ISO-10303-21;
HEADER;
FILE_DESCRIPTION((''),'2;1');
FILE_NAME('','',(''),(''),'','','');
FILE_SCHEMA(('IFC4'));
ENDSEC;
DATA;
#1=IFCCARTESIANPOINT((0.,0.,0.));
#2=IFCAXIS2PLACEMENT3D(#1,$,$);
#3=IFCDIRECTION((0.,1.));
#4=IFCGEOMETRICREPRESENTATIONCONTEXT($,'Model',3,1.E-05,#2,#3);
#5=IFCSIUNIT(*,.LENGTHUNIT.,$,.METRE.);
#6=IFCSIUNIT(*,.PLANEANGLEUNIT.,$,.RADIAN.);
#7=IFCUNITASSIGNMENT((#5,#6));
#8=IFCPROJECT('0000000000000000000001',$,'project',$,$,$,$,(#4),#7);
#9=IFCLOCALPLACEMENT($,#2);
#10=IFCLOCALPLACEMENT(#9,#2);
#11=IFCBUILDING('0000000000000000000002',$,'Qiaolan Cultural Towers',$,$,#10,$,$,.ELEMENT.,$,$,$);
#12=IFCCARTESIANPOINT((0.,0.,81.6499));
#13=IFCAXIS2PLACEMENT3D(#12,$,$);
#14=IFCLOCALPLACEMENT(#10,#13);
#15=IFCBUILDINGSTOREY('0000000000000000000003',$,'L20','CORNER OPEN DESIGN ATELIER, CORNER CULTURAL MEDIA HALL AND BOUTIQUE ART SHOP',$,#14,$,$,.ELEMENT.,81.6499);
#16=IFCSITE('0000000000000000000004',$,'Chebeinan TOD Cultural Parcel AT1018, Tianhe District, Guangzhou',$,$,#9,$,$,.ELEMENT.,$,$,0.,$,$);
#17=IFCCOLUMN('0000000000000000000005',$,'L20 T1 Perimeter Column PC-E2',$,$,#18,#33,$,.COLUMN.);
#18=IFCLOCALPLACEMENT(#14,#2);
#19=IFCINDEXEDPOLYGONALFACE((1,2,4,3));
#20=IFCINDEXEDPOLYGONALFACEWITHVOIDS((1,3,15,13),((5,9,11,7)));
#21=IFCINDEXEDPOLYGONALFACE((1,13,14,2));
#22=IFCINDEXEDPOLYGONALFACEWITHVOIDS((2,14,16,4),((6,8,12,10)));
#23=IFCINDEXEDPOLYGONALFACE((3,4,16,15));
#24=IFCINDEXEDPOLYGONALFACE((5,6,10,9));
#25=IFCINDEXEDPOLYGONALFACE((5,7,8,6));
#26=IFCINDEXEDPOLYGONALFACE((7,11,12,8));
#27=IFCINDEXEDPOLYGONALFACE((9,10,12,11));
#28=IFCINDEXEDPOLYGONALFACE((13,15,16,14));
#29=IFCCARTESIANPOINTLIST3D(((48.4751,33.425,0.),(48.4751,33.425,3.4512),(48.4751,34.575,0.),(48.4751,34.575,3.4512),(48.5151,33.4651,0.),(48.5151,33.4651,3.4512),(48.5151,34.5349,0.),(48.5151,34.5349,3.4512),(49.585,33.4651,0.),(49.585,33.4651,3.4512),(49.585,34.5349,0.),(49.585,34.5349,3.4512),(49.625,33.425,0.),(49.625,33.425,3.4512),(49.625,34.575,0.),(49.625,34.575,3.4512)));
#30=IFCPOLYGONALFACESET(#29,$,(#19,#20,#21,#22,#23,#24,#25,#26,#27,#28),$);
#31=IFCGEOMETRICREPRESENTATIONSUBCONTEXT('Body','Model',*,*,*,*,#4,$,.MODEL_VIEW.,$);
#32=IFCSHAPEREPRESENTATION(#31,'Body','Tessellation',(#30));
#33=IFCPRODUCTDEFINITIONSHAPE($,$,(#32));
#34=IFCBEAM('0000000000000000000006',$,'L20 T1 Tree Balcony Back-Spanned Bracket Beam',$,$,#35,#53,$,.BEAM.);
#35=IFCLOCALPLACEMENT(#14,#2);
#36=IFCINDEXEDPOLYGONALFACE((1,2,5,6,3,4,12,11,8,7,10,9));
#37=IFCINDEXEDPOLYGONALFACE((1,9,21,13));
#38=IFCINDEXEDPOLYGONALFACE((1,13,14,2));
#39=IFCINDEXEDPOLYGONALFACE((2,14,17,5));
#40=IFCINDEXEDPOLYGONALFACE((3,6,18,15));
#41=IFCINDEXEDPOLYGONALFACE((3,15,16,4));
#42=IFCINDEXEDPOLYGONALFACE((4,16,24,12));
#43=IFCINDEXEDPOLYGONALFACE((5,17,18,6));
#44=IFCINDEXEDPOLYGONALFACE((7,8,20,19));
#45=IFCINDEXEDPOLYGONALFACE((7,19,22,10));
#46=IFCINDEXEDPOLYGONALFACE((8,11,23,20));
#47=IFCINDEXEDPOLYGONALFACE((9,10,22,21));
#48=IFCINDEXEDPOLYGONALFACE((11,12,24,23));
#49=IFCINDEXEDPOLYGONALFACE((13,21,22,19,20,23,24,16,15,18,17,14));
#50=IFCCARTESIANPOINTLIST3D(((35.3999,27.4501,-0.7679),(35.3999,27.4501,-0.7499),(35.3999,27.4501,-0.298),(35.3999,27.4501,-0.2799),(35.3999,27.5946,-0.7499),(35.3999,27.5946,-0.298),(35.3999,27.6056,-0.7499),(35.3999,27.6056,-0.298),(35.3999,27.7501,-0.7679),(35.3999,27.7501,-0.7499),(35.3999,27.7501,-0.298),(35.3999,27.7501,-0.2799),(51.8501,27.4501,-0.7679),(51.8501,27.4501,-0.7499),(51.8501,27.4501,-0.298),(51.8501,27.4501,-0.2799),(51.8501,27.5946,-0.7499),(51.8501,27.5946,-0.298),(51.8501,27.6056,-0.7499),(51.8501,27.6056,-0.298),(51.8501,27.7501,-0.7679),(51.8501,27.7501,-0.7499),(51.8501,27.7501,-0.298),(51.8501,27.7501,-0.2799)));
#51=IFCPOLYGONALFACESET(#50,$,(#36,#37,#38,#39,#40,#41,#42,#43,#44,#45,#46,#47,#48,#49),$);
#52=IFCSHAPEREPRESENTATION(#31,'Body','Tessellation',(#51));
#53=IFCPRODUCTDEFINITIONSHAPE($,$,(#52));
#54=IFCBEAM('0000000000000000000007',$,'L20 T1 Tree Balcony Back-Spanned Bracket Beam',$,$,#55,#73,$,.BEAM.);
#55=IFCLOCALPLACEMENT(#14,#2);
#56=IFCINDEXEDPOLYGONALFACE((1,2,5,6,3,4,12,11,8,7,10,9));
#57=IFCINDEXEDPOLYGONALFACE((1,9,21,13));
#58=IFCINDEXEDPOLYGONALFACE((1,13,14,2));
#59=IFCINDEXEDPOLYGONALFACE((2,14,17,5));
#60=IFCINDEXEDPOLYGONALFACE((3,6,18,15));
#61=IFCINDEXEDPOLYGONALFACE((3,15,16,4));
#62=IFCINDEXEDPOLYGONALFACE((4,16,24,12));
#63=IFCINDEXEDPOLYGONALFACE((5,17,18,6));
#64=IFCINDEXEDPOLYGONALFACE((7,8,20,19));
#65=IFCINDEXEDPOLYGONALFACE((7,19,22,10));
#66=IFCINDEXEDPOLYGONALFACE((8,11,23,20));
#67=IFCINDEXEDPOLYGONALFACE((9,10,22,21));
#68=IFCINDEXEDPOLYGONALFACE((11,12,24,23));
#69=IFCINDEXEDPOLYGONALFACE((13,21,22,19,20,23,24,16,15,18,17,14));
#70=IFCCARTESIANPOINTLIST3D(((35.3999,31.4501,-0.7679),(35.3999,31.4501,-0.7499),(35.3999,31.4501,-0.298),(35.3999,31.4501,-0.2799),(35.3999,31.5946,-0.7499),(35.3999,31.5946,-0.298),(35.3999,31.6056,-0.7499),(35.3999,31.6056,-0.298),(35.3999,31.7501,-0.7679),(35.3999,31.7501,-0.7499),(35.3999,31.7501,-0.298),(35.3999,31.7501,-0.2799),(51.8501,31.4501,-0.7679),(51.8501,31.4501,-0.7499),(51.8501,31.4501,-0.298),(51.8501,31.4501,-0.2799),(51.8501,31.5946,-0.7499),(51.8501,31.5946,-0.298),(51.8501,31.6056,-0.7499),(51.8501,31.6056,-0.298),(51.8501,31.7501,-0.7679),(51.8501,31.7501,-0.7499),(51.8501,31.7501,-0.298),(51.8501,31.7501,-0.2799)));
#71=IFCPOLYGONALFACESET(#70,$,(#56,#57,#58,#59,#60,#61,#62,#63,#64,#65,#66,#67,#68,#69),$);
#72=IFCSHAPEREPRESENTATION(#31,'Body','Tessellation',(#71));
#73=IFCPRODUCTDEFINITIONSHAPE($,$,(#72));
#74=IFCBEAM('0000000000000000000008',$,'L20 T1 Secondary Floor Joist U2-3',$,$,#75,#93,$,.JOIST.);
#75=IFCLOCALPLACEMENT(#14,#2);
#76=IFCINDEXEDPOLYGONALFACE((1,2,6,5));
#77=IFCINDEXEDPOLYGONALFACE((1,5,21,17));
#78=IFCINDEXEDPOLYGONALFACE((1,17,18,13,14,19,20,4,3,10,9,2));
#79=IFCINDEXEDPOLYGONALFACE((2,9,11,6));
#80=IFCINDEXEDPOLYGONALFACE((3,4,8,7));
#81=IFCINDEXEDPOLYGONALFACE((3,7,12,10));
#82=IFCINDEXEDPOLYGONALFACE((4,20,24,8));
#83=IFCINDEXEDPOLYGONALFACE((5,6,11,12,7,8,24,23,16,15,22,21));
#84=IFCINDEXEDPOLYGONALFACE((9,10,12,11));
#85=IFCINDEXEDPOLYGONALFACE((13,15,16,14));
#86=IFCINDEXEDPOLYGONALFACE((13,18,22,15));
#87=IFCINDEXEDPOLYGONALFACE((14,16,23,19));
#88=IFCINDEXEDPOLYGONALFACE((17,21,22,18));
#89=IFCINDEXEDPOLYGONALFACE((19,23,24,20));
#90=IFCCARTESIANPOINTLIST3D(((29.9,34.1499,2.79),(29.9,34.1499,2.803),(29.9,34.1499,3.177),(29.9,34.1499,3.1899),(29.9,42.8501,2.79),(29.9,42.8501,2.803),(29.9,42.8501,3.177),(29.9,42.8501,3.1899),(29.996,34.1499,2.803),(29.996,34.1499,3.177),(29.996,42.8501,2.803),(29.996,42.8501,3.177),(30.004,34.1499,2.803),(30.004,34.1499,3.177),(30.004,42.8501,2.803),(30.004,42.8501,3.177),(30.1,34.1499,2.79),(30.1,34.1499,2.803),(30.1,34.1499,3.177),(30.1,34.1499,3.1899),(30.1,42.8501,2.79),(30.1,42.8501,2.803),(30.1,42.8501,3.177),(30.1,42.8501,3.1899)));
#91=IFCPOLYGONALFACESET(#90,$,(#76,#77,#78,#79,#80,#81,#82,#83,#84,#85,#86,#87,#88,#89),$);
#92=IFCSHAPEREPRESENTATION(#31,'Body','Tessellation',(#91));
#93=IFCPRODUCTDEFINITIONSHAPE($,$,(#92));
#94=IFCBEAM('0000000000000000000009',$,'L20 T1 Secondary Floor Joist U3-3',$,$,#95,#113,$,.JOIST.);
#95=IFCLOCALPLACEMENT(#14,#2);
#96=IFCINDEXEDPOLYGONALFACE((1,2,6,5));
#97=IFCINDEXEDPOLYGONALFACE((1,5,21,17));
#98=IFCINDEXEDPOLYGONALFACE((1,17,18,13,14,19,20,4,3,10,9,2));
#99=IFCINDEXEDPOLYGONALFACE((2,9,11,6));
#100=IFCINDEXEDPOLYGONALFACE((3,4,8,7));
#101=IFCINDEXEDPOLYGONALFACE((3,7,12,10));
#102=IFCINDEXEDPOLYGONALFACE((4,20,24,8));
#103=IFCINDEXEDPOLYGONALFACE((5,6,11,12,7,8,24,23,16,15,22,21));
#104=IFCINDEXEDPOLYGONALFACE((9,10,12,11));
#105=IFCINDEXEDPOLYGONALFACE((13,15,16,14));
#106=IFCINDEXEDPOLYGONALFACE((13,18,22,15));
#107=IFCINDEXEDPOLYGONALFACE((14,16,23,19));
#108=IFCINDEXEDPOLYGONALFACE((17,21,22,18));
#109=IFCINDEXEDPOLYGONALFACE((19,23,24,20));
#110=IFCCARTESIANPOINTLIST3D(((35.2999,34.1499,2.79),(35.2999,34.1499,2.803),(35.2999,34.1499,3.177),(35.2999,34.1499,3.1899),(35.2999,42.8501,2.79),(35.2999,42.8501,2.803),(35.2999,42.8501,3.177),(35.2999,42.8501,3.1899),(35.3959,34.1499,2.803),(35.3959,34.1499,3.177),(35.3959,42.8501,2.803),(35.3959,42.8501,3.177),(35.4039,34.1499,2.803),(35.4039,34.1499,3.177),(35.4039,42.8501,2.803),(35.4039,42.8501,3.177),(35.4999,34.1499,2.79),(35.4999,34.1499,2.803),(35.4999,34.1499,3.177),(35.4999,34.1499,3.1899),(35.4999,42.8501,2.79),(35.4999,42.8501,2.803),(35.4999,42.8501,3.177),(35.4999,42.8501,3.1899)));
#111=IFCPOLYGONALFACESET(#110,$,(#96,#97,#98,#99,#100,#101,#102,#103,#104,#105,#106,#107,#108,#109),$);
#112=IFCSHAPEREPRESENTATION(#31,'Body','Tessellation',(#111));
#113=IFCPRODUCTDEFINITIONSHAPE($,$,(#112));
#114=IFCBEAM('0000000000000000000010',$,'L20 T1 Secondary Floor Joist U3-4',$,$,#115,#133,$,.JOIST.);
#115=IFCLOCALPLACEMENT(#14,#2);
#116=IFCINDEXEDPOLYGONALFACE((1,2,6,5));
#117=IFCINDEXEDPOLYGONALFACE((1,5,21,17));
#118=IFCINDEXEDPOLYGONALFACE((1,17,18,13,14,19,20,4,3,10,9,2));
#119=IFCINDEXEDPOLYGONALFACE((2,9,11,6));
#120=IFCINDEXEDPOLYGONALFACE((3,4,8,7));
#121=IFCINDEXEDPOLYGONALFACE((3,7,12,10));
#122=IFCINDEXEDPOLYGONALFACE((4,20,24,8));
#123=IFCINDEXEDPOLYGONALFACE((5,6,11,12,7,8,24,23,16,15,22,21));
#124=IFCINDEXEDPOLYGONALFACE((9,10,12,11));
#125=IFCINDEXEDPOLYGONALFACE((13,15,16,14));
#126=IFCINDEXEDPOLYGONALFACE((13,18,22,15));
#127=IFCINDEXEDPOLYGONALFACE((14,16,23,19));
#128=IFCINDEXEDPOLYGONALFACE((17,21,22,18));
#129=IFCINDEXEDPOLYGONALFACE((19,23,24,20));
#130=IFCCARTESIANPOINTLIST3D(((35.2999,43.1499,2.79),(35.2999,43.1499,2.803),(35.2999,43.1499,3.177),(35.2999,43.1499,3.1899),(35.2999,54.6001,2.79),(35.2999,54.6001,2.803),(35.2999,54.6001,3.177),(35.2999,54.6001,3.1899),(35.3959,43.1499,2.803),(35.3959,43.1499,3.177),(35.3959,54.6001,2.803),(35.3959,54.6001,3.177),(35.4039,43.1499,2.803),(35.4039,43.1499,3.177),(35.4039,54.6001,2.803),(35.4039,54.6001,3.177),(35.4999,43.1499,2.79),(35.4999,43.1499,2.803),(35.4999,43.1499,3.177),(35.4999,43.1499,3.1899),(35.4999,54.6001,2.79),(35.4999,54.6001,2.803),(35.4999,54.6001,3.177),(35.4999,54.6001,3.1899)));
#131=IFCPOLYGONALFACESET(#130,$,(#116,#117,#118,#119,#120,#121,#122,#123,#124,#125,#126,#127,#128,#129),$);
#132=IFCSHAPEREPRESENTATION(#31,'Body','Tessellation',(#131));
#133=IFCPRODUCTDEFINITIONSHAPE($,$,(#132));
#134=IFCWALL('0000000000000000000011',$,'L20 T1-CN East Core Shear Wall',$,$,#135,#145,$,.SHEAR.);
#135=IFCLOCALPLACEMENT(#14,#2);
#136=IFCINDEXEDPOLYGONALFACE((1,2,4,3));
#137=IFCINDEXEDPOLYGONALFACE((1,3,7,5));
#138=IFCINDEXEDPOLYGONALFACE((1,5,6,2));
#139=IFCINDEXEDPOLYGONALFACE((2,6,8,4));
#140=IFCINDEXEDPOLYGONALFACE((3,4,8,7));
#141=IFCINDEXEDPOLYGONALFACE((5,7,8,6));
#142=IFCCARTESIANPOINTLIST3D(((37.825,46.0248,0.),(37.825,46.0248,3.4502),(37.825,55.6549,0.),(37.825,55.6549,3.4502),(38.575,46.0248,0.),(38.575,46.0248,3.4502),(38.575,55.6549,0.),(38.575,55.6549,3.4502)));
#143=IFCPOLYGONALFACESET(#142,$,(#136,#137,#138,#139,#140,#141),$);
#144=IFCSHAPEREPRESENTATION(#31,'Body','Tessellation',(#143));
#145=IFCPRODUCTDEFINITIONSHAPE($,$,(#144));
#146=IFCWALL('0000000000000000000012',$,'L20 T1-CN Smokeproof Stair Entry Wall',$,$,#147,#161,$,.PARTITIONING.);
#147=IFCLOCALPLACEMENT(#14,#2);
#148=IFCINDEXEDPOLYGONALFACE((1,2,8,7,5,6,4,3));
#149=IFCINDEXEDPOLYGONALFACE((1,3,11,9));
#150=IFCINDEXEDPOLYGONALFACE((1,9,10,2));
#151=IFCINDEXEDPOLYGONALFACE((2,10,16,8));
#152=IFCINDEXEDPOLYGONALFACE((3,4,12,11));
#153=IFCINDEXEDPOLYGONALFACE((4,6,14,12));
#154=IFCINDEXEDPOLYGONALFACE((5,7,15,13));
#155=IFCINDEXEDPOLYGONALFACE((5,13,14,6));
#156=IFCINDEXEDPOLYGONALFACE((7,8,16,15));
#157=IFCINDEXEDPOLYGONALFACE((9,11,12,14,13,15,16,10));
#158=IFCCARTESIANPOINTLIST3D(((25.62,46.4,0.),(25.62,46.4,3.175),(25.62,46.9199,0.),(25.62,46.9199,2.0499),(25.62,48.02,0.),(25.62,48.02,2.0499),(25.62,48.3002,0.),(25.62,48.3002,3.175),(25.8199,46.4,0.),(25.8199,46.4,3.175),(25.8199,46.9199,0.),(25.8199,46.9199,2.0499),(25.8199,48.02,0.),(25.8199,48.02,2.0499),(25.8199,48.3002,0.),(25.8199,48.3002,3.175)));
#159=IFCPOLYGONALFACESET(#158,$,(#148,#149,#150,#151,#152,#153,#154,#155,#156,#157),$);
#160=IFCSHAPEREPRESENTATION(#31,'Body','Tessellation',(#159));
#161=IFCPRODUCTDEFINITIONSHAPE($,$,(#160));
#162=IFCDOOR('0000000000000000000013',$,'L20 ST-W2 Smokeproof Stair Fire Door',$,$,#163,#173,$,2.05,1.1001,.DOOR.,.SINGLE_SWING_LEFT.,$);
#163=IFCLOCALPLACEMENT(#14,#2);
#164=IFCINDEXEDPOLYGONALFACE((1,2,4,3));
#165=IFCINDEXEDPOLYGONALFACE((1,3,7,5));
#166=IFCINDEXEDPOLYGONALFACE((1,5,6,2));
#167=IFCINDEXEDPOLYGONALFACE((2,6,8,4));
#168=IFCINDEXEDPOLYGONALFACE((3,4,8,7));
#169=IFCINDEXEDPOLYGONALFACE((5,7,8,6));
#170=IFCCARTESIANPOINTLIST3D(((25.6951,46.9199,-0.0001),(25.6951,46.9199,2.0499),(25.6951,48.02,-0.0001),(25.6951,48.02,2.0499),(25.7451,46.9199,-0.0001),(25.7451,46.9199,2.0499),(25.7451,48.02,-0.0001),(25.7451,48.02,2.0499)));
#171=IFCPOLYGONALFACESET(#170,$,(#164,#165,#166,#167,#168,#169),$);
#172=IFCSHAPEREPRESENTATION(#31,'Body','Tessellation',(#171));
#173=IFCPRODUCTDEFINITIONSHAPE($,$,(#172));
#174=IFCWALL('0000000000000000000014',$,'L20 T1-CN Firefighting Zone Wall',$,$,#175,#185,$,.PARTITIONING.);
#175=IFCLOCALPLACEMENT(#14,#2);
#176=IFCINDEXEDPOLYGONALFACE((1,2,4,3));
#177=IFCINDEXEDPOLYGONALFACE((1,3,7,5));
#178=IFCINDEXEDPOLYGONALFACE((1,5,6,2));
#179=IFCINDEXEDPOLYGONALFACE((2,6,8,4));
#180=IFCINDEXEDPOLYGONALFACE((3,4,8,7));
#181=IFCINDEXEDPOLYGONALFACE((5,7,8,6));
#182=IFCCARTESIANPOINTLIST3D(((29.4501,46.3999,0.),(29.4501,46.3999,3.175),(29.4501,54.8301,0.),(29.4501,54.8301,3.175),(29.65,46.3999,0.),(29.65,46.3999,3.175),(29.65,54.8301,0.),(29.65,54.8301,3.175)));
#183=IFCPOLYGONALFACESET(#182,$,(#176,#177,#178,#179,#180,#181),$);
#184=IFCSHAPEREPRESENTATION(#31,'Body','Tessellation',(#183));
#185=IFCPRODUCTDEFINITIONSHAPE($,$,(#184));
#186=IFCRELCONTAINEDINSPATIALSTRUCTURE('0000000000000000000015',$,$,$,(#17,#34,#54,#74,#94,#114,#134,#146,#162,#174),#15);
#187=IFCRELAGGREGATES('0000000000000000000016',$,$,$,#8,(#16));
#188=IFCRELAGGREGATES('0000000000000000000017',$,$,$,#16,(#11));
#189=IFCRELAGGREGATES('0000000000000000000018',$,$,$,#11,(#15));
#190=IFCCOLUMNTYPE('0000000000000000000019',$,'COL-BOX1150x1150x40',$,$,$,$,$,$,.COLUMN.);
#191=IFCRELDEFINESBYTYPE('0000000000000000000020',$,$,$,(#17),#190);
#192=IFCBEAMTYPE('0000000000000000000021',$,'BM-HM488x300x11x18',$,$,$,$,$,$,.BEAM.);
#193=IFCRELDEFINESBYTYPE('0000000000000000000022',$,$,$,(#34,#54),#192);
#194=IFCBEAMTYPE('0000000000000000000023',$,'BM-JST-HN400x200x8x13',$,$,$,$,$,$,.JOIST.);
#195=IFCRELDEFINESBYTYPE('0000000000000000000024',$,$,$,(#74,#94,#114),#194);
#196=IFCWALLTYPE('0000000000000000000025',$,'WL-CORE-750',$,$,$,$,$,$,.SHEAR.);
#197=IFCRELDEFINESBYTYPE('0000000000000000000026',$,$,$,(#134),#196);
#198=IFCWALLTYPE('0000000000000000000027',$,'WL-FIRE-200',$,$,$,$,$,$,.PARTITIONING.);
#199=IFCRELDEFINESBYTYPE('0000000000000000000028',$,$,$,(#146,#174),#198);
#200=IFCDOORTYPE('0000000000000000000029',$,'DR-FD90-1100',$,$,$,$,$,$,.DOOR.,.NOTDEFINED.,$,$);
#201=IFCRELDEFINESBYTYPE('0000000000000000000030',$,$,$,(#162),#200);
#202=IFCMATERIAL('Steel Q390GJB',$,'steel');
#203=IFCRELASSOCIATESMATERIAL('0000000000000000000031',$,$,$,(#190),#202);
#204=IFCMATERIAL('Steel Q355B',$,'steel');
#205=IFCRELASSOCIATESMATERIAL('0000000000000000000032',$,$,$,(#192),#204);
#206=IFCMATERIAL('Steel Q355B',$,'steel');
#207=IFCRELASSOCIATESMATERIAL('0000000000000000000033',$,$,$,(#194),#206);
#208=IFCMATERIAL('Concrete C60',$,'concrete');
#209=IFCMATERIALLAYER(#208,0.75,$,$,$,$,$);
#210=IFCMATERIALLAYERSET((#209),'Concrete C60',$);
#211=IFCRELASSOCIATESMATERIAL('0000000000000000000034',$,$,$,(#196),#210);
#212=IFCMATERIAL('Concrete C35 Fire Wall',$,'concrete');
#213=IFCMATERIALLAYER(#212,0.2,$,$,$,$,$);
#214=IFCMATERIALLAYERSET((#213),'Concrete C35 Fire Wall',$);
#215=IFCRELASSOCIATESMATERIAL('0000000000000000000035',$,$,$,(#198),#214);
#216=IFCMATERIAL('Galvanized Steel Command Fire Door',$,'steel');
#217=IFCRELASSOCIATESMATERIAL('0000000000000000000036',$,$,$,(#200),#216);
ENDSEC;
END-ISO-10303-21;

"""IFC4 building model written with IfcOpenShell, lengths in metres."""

from ifc_helpers import new_model, si_unit, direction, frame, frame_2d, origin, origin_2d, place, context, subcontext, project, spatial, rectangle, hollow_rectangle, i_section, extrude, material, layer, layer_set, material_profile, profile_set, type_object, element, fill, save


model = new_model("IFC4")

# Units and contexts
model_context = context("Model", 3, precision=1e-05, world=origin(), true_north=direction((0.0, 1.0)))
body_context = subcontext(model_context, "Body", "Model", "MODEL_VIEW")
ifc_project = project(units=[si_unit("LENGTHUNIT", "METRE"), si_unit("PLANEANGLEUNIT", "RADIAN")], contexts=[model_context])

# Site, building, storey
site_placement = place(None, origin())
site = spatial("IfcSite", under=ifc_project, at=site_placement, Name="Chebeinan TOD Cultural Parcel AT1018, Tianhe District, Guangzhou", CompositionType="ELEMENT", RefElevation=0.0)
building_placement = place(site_placement, origin())
building = spatial("IfcBuilding", under=site, at=building_placement, Name="Qiaolan Cultural Towers", CompositionType="ELEMENT")
storey_placement = place(building_placement, frame((0.0, 0.0, 81.6499)))
storey = spatial("IfcBuildingStorey", under=building, at=storey_placement, Name="L20", Description="CORNER OPEN DESIGN ATELIER, CORNER CULTURAL MEDIA HALL AND BOUTIQUE ART SHOP", CompositionType="ELEMENT", Elevation=81.6499)

# Column
ifc_material_1 = material(Name="Steel Q390GJB", Category="steel")
ifc_material_profile_1 = material_profile(ifc_material_1, hollow_rectangle(XDim=1.1499, YDim=1.1499, WallThickness=0.04, at=origin_2d()), Name="BOX1150x1150x40")
ifc_profile_set_1 = profile_set([ifc_material_profile_1], Name="Steel Q390GJB")
column_type = type_object("IfcColumnType", Name="COL-BOX1150x1150x40", PredefinedType="COLUMN", material=ifc_profile_set_1)
column_placement = place(storey_placement, frame((49.05, 34.0, 0.0), z_axis=(0.0, 0.0, 1.0), x_axis=(1.0, 0.0, 0.0)))
element("IfcColumn", 1, at=column_placement, inside=storey, type_object=column_type, Name="L20 T1 Perimeter Column PC-E2", PredefinedType="COLUMN", context=body_context, shape_type="SweptSolid", body=[
    extrude(hollow_rectangle(XDim=1.1499, YDim=1.1499, WallThickness=0.04, at=origin_2d()), origin(), (0.0, 0.0, 1.0), 3.4512),
])

# Beams
ifc_material_2 = material(Name="Steel Q355B", Category="steel")
ifc_material_profile_2 = material_profile(ifc_material_2, i_section(OverallWidth=0.3, OverallDepth=0.488, WebThickness=0.011, FlangeThickness=0.0181, at=origin_2d()), Name="HM488x300x11x18")
ifc_profile_set_2 = profile_set([ifc_material_profile_2], Name="Steel Q355B")
beam_type_1 = type_object("IfcBeamType", Name="BM-HM488x300x11x18", PredefinedType="BEAM", material=ifc_profile_set_2)
for number, where, z_axis, x_axis, name in (
    (2, (35.3999, 27.6001, -0.5239), (1.0, 0.0, 0.0), (0.0, 1.0, 0.0), "L20 T1 Tree Balcony Back-Spanned Bracket Beam"),
    (3, (35.3999, 31.6001, -0.5239), (1.0, 0.0, 0.0), (0.0, 1.0, 0.0), "L20 T1 Tree Balcony Back-Spanned Bracket Beam"),
):
    element("IfcBeam", number, at=place(storey_placement, frame(where, z_axis=z_axis, x_axis=x_axis)), inside=storey, type_object=beam_type_1, Name=name, PredefinedType="BEAM", context=body_context, shape_type="SweptSolid", body=[
        extrude(i_section(OverallWidth=0.3, OverallDepth=0.488, WebThickness=0.011, FlangeThickness=0.0181, at=origin_2d()), origin(), (0.0, 0.0, 1.0), 16.4502),
    ])
ifc_material_3 = material(Name="Steel Q355B", Category="steel")
ifc_material_profile_3 = material_profile(ifc_material_3, i_section(OverallWidth=0.2, OverallDepth=0.3999, WebThickness=0.0081, FlangeThickness=0.0129, at=origin_2d()), Name="HN400x200x8x13")
ifc_profile_set_3 = profile_set([ifc_material_profile_3], Name="Steel Q355B")
beam_type_2 = type_object("IfcBeamType", Name="BM-JST-HN400x200x8x13", PredefinedType="JOIST", material=ifc_profile_set_3)
for number, where, z_axis, x_axis, name in (
    (4, (30.0, 34.1499, 2.99), (0.0, 1.0, 0.0), (-1.0, 0.0, 0.0), "L20 T1 Secondary Floor Joist U2-3"),
    (5, (35.3999, 34.1499, 2.99), (0.0, 1.0, 0.0), (-1.0, 0.0, 0.0), "L20 T1 Secondary Floor Joist U3-3"),
):
    element("IfcBeam", number, at=place(storey_placement, frame(where, z_axis=z_axis, x_axis=x_axis)), inside=storey, type_object=beam_type_2, Name=name, PredefinedType="JOIST", context=body_context, shape_type="SweptSolid", body=[
        extrude(i_section(OverallWidth=0.2, OverallDepth=0.3999, WebThickness=0.0081, FlangeThickness=0.0129, at=origin_2d()), origin(), (0.0, 0.0, 1.0), 8.7002),
    ])
beam_placement = place(storey_placement, frame((35.3999, 43.1499, 2.99), z_axis=(0.0, 1.0, 0.0), x_axis=(-1.0, 0.0, 0.0)))
element("IfcBeam", 6, at=beam_placement, inside=storey, type_object=beam_type_2, Name="L20 T1 Secondary Floor Joist U3-4", PredefinedType="JOIST", context=body_context, shape_type="SweptSolid", body=[
    extrude(i_section(OverallWidth=0.2, OverallDepth=0.3999, WebThickness=0.0081, FlangeThickness=0.0129, at=origin_2d()), origin(), (0.0, 0.0, 1.0), 11.4502),
])

# Wall
ifc_material_4 = material(Name="Concrete C60", Category="concrete")
ifc_layer_1 = layer(ifc_material_4, 0.75)
ifc_layer_set_1 = layer_set([ifc_layer_1], Name="Concrete C60")
wall_type_1 = type_object("IfcWallType", Name="WL-CORE-750", PredefinedType="SHEAR", material=ifc_layer_set_1)
wall_1_placement = place(storey_placement, frame((38.2, 46.0249, 0.0), z_axis=(0.0, 0.0, 1.0), x_axis=(0.0, 1.0, 0.0)))
element("IfcWall", 7, at=wall_1_placement, inside=storey, type_object=wall_type_1, Name="L20 T1-CN East Core Shear Wall", PredefinedType="SHEAR", context=body_context, shape_type="SweptSolid", body=[
    extrude(rectangle(XDim=9.6301, YDim=0.75, at=frame_2d((4.8149, 0.0))), origin(), (0.0, 0.0, 1.0), 3.4502),
])

# Wall, opening, door
ifc_material_5 = material(Name="Concrete C35 Fire Wall", Category="concrete")
ifc_layer_2 = layer(ifc_material_5, 0.2)
ifc_layer_set_2 = layer_set([ifc_layer_2], Name="Concrete C35 Fire Wall")
wall_type_2 = type_object("IfcWallType", Name="WL-FIRE-200", PredefinedType="PARTITIONING", material=ifc_layer_set_2)
wall_2_placement = place(storey_placement, frame((25.72, 46.3999, 0.0), z_axis=(0.0, 0.0, 1.0), x_axis=(0.0, 1.0, 0.0)))
wall_2 = element("IfcWall", 8, at=wall_2_placement, inside=storey, type_object=wall_type_2, Name="L20 T1-CN Smokeproof Stair Entry Wall", PredefinedType="PARTITIONING", context=body_context, shape_type="SweptSolid", body=[
    extrude(rectangle(XDim=1.9001, YDim=0.2, at=frame_2d((0.9502, 0.0))), origin(), (0.0, 0.0, 1.0), 3.175),
])
opening_1_placement = place(wall_2_placement, frame((0.52, 0.0, 0.0)))
opening_1 = element("IfcOpeningElement", 9, at=opening_1_placement, cuts=wall_2, PredefinedType="OPENING", context=body_context, shape_type="SweptSolid", body=[
    extrude(rectangle(XDim=1.1001, YDim=2.05, at=frame_2d((0.55, 1.0249))), frame((0.0, 0.1099, 0.0), z_axis=(0.0, -1.0, 0.0), x_axis=(1.0, 0.0, 0.0)), (0.0, 0.0, 1.0), 0.22),
])
ifc_material_6 = material(Name="Galvanized Steel Command Fire Door", Category="steel")
door_type_1 = type_object("IfcDoorType", Name="DR-FD90-1100", OperationType="NOTDEFINED", PredefinedType="DOOR", material=ifc_material_6)
door_1_placement = place(opening_1_placement, origin())
door_1 = element("IfcDoor", 10, at=door_1_placement, inside=storey, type_object=door_type_1, Name="L20 ST-W2 Smokeproof Stair Fire Door", OperationType="SINGLE_SWING_LEFT", OverallHeight=2.05, OverallWidth=1.1001, PredefinedType="DOOR", context=body_context, shape_type="SweptSolid", body=[
    extrude(rectangle(XDim=1.1001, YDim=2.05, at=frame_2d((0.55, 1.0249))), frame((0.0, 0.0249, 0.0), z_axis=(0.0, -1.0, 0.0), x_axis=(1.0, 0.0, 0.0)), (0.0, 0.0, 1.0), 0.05),
])
fill(opening_1, door_1)

# Wall
wall_3_placement = place(storey_placement, frame((29.55, 46.3999, 0.0), z_axis=(0.0, 0.0, 1.0), x_axis=(0.0, 1.0, 0.0)))
element("IfcWall", 11, at=wall_3_placement, inside=storey, type_object=wall_type_2, Name="L20 T1-CN Firefighting Zone Wall", PredefinedType="PARTITIONING", context=body_context, shape_type="SweptSolid", body=[
    extrude(rectangle(XDim=8.4302, YDim=0.2, at=frame_2d((4.2151, 0.0))), origin(), (0.0, 0.0, 1.0), 3.175),
])

save(model, "model.ifc")
